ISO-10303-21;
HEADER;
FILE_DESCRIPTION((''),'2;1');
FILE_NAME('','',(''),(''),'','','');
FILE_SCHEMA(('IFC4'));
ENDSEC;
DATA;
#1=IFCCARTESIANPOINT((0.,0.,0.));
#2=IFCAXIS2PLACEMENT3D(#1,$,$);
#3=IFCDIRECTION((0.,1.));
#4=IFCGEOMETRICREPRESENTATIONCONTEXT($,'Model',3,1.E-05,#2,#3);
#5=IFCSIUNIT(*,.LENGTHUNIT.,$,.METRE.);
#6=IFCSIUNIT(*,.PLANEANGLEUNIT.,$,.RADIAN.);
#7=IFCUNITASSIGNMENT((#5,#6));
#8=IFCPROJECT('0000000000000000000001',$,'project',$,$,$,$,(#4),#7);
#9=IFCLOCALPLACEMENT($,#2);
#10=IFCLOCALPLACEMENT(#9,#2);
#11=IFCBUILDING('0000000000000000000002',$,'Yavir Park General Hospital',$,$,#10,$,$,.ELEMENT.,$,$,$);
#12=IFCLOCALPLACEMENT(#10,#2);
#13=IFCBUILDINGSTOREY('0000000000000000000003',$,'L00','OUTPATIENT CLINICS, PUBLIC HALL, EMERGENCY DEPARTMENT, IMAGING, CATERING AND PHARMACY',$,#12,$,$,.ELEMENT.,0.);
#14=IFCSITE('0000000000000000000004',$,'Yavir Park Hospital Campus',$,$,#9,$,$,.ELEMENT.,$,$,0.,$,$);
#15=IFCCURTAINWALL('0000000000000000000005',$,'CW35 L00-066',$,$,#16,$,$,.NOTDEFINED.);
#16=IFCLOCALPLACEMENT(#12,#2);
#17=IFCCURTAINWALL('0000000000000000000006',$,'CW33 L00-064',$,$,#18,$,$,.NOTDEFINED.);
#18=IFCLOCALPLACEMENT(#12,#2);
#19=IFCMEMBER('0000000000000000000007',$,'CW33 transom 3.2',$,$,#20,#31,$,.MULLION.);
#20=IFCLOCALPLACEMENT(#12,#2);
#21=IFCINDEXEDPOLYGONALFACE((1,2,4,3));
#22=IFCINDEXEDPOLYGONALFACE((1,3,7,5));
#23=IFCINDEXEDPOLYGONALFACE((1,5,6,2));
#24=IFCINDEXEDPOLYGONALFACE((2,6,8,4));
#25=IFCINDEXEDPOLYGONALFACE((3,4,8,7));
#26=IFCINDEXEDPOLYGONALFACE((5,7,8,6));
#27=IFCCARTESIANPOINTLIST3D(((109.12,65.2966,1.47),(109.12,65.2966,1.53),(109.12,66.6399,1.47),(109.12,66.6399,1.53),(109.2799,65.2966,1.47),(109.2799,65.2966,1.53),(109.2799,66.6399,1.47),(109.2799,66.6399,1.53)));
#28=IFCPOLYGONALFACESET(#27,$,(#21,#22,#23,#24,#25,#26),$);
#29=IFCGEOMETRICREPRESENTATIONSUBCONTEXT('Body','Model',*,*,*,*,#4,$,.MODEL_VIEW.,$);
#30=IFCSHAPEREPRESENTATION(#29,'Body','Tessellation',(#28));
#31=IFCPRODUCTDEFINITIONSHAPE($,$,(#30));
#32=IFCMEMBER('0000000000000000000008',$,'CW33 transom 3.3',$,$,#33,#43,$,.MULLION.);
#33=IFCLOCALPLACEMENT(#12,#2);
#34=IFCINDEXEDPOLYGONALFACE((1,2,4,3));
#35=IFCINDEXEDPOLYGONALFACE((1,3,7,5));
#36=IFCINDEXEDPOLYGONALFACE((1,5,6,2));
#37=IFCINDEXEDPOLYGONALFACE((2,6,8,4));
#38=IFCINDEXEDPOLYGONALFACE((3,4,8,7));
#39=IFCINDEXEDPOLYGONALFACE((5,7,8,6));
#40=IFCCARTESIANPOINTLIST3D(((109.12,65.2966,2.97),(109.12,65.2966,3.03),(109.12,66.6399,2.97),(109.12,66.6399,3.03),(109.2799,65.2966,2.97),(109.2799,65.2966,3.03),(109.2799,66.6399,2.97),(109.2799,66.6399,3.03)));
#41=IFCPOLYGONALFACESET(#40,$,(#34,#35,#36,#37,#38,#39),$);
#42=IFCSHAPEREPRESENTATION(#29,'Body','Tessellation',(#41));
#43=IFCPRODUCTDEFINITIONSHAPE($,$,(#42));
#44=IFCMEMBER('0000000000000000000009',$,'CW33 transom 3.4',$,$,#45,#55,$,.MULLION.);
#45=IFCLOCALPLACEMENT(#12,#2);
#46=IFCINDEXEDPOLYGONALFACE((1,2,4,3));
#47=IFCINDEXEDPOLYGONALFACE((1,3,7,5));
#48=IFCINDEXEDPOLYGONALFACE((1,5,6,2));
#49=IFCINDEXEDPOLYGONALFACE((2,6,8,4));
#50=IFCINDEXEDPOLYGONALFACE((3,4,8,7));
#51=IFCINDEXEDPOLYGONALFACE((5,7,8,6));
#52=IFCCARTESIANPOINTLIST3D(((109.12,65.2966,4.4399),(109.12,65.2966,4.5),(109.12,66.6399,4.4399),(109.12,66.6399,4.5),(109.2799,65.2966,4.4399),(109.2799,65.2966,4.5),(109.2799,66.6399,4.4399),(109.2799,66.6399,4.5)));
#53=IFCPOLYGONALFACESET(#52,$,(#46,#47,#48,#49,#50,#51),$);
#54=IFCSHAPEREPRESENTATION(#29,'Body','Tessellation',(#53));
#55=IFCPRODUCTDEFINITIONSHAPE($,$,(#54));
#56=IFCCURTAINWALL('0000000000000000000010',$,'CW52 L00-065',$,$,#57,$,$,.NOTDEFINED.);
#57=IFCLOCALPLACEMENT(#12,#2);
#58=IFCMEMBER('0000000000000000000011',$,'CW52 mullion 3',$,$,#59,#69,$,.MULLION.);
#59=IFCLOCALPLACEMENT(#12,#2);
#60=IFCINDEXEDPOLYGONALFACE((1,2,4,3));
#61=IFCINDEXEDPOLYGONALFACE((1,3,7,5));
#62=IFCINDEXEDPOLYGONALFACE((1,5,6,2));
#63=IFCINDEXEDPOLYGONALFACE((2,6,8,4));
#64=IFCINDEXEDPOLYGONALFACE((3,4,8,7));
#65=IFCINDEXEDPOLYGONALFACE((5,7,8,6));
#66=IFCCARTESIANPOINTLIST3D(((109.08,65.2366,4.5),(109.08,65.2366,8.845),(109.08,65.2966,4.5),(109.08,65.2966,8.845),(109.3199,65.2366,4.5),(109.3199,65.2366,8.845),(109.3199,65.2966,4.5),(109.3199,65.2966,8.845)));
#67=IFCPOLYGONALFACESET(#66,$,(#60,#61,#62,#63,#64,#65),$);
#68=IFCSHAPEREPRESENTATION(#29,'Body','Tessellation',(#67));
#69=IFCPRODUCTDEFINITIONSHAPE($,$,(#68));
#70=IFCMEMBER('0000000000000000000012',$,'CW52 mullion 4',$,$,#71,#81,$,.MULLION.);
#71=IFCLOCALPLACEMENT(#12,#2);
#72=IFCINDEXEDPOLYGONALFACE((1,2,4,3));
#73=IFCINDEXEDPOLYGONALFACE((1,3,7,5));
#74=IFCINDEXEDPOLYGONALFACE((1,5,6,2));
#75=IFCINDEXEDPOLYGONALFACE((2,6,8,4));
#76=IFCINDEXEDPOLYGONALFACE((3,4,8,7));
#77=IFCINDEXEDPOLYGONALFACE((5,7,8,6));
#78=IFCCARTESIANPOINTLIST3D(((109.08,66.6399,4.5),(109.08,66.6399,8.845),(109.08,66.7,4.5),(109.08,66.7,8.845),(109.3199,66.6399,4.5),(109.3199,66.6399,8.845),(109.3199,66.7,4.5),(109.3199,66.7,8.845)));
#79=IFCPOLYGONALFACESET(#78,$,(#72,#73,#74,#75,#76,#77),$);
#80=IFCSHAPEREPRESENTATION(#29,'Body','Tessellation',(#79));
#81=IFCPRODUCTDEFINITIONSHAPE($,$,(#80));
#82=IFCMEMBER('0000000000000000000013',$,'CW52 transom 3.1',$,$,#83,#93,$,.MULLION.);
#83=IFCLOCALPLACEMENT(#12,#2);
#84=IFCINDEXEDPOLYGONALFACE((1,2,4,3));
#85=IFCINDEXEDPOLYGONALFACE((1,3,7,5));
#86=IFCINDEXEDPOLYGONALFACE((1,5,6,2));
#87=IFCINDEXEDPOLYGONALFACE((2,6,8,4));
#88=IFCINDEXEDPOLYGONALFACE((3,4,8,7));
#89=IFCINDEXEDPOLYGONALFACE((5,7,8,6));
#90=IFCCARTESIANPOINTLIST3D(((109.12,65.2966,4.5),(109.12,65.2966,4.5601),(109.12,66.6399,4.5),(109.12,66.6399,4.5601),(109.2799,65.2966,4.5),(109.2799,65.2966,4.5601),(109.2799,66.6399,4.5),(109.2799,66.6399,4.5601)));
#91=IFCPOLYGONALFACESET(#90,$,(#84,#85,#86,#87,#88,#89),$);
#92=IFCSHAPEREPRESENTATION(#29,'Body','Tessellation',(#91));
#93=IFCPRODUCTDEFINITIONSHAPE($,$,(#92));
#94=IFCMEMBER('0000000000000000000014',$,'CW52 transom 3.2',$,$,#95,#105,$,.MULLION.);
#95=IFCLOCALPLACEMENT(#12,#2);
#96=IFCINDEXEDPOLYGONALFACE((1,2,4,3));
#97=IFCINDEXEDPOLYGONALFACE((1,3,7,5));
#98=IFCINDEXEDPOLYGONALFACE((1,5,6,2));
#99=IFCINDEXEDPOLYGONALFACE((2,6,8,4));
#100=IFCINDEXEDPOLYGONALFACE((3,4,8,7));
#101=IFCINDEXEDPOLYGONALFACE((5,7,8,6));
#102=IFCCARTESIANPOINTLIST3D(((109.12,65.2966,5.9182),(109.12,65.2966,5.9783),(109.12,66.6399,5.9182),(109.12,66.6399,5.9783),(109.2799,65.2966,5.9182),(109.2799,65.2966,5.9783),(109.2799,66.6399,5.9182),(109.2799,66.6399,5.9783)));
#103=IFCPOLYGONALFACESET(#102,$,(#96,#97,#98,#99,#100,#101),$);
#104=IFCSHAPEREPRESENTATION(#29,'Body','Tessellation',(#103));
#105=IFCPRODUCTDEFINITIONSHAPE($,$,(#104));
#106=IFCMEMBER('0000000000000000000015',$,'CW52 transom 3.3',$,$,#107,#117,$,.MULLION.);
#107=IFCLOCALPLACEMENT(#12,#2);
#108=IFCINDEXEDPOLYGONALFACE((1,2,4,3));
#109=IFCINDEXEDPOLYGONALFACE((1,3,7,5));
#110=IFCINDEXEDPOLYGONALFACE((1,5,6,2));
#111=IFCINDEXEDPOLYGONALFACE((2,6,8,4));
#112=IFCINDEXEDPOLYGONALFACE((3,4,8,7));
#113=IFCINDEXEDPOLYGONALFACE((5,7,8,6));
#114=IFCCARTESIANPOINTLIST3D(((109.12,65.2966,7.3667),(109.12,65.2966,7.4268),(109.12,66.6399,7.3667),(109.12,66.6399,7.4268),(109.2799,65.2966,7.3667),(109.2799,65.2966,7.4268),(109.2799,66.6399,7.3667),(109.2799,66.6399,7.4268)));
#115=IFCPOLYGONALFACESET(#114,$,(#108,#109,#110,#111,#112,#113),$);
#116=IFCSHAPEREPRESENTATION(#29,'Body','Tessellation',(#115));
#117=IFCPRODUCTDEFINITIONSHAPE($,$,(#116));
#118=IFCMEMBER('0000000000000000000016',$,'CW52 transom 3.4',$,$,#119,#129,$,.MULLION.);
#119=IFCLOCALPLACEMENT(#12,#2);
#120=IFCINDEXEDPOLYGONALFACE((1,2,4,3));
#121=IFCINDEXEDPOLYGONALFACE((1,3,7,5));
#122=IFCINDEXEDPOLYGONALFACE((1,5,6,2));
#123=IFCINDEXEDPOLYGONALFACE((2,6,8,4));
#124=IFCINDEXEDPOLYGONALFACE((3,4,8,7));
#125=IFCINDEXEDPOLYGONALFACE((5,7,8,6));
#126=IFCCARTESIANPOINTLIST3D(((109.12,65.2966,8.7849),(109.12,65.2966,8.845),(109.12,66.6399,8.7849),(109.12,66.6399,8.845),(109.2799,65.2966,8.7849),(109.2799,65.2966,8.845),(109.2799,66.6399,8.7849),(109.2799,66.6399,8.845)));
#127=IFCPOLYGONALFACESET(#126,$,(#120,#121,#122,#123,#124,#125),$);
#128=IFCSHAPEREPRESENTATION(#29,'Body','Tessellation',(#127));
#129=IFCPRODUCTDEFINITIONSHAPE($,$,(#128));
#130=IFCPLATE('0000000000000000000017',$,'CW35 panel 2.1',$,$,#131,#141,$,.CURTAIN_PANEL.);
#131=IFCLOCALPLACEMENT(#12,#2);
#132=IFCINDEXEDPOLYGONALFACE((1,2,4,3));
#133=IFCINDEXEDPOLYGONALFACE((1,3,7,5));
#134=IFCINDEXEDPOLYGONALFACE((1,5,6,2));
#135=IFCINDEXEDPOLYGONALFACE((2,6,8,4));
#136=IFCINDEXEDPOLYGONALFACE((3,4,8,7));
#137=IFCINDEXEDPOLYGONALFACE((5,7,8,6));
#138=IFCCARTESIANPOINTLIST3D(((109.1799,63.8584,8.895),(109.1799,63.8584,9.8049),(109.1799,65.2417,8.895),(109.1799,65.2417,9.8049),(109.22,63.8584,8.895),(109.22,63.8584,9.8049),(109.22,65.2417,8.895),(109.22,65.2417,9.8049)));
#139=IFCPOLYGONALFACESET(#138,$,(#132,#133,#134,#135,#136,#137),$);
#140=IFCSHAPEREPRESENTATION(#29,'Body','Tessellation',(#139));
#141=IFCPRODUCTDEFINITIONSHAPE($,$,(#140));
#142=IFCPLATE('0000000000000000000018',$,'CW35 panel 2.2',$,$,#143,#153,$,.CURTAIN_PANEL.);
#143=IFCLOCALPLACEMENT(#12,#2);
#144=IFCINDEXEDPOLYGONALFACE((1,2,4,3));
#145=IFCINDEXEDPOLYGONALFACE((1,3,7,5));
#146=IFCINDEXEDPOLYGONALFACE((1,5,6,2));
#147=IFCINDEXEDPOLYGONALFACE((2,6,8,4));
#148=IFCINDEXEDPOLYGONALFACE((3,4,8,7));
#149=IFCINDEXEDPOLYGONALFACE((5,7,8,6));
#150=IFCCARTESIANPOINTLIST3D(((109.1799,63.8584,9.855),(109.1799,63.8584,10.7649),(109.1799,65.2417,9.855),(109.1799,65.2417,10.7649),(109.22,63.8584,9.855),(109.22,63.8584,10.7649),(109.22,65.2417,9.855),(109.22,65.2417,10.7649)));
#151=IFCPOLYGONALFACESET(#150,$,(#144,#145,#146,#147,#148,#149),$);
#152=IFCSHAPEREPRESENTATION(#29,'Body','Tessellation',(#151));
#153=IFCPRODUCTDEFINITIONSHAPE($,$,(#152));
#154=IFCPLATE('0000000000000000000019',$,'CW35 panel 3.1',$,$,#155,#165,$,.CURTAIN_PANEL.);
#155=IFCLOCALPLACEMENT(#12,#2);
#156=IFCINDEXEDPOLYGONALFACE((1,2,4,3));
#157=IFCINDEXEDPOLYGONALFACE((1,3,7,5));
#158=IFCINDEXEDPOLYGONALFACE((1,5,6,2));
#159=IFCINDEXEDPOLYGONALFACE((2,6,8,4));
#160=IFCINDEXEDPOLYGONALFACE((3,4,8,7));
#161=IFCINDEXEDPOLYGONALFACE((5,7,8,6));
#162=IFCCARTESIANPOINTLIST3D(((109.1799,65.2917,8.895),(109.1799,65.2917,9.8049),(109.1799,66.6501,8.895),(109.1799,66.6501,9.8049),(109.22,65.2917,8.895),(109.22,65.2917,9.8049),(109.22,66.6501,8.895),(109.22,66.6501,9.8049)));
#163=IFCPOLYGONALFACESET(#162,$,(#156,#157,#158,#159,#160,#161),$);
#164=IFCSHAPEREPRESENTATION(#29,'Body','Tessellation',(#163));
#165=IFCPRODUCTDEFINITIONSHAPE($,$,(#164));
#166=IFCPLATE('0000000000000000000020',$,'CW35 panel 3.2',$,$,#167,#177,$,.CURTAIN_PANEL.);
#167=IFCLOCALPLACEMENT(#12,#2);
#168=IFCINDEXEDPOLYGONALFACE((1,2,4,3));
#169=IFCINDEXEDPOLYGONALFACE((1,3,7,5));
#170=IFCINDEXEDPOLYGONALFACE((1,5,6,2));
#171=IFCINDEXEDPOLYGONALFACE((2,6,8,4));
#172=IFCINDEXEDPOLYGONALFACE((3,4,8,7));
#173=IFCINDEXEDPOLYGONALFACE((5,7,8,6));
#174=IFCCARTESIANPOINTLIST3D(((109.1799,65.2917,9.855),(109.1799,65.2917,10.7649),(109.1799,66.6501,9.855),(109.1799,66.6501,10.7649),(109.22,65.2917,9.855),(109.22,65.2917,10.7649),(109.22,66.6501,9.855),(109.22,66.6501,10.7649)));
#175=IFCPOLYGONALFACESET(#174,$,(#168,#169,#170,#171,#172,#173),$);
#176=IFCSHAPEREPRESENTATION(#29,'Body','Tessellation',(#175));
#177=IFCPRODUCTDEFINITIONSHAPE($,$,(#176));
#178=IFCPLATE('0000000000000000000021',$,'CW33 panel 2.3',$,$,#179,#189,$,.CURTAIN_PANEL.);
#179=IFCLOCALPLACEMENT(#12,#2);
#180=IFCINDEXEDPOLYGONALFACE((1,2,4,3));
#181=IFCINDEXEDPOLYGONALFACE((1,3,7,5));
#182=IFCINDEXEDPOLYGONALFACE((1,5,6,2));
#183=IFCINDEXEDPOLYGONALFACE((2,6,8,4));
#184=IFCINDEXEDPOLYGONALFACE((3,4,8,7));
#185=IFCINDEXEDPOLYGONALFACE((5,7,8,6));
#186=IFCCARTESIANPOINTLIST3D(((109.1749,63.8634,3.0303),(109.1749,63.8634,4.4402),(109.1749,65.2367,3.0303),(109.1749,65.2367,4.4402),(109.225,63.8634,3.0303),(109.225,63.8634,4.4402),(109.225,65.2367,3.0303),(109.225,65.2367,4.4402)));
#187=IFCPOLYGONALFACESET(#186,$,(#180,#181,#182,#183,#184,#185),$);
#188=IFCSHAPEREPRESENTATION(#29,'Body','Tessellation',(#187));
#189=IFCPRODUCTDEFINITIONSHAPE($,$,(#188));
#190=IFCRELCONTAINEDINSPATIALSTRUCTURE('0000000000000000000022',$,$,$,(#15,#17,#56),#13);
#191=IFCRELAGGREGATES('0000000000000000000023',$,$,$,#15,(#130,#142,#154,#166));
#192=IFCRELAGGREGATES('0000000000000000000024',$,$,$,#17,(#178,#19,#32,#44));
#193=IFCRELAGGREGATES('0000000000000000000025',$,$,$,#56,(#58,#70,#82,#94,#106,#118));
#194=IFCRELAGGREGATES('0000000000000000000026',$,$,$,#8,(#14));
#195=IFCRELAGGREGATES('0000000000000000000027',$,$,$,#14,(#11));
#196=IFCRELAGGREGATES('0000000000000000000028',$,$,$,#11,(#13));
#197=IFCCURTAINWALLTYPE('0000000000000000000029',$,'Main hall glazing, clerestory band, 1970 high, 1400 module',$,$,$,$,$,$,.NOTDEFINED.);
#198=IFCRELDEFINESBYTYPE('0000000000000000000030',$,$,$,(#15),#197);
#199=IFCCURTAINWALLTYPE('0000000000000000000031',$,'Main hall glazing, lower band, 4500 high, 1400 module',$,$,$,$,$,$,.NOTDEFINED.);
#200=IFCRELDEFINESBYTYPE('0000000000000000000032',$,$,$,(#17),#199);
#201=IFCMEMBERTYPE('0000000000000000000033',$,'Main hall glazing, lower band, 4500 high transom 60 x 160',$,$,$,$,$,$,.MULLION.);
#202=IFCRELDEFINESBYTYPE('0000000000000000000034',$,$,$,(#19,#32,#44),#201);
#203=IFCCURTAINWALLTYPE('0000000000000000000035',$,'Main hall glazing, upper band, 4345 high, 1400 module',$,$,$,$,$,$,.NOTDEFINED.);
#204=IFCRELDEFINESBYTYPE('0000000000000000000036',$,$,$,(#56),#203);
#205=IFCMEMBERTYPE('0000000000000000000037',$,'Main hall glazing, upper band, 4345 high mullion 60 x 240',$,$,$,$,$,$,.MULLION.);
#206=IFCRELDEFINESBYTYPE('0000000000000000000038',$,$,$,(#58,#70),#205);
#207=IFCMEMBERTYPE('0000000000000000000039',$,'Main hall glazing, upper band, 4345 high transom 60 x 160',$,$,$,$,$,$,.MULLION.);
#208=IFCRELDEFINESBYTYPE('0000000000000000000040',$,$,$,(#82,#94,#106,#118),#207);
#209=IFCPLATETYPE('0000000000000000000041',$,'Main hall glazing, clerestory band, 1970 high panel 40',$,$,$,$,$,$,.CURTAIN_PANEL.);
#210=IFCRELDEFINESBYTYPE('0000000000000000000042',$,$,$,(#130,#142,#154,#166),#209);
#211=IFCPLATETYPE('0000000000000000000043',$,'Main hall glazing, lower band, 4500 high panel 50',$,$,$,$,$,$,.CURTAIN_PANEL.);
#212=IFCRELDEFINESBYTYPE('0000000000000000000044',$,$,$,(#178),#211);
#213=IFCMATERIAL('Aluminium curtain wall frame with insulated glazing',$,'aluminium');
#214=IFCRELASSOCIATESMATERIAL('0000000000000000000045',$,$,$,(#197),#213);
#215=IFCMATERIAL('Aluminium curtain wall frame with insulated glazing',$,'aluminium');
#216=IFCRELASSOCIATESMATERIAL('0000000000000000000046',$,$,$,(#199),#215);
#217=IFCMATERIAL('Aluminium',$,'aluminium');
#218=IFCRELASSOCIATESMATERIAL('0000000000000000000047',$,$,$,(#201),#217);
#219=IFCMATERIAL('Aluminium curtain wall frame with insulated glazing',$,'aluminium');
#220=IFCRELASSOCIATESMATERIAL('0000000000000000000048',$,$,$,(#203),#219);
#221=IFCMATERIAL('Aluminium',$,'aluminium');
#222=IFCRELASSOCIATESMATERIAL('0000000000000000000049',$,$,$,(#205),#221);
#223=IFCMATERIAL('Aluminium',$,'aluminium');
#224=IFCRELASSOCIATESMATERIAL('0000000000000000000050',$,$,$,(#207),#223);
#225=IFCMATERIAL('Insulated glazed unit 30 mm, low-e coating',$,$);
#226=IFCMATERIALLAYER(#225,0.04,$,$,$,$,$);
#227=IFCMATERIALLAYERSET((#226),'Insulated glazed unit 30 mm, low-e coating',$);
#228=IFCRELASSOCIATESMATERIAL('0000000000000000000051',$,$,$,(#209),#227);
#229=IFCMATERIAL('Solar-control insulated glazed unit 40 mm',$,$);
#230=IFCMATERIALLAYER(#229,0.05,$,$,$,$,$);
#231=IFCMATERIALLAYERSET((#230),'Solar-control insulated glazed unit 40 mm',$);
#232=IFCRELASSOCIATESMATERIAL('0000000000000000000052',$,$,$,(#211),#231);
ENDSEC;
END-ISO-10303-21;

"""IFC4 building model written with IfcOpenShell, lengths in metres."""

from ifc_helpers import new_model, si_unit, direction, frame, origin, origin_2d, place, context, subcontext, project, spatial, rectangle, extrude, material, layer, layer_set, material_profile, profile_set, type_object, element, aggregate, save


model = new_model("IFC4")

# Units and contexts
model_context = context("Model", 3, precision=1e-05, world=origin(), true_north=direction((0.0, 1.0)))
body_context = subcontext(model_context, "Body", "Model", "MODEL_VIEW")
ifc_project = project(units=[si_unit("LENGTHUNIT", "METRE"), si_unit("PLANEANGLEUNIT", "RADIAN")], contexts=[model_context])

# Site, building, storey
site_placement = place(None, origin())
site = spatial("IfcSite", under=ifc_project, at=site_placement, Name="Yavir Park Hospital Campus", CompositionType="ELEMENT", RefElevation=0.0)
building_placement = place(site_placement, origin())
building = spatial("IfcBuilding", under=site, at=building_placement, Name="Yavir Park General Hospital", CompositionType="ELEMENT")
storey_placement = place(building_placement, origin())
storey = spatial("IfcBuildingStorey", under=building, at=storey_placement, Name="L00", Description="OUTPATIENT CLINICS, PUBLIC HALL, EMERGENCY DEPARTMENT, IMAGING, CATERING AND PHARMACY", CompositionType="ELEMENT", Elevation=0.0)

# Curtain walls, members
ifc_material_1 = material(Name="Aluminium curtain wall frame with insulated glazing", Category="aluminium")
curtain_wall_type_1 = type_object("IfcCurtainWallType", Name="Main hall glazing, clerestory band, 1970 high, 1400 module", PredefinedType="NOTDEFINED", material=ifc_material_1)
curtain_wall_1_placement = place(storey_placement, origin())
curtain_wall_1 = element("IfcCurtainWall", 1, at=curtain_wall_1_placement, inside=storey, type_object=curtain_wall_type_1, Name="CW35 L00-066", PredefinedType="NOTDEFINED")
ifc_material_2 = material(Name="Aluminium curtain wall frame with insulated glazing", Category="aluminium")
curtain_wall_type_2 = type_object("IfcCurtainWallType", Name="Main hall glazing, lower band, 4500 high, 1400 module", PredefinedType="NOTDEFINED", material=ifc_material_2)
curtain_wall_2_placement = place(storey_placement, origin())
curtain_wall_2 = element("IfcCurtainWall", 2, at=curtain_wall_2_placement, inside=storey, type_object=curtain_wall_type_2, Name="CW33 L00-064", PredefinedType="NOTDEFINED")
ifc_material_3 = material(Name="Aluminium", Category="aluminium")
ifc_material_profile_1 = material_profile(ifc_material_3, rectangle(XDim=0.1599, YDim=0.0601, at=origin_2d()), Name="AL 160x60")
ifc_profile_set_1 = profile_set([ifc_material_profile_1], Name="Aluminium")
member_type_1 = type_object("IfcMemberType", Name="Main hall glazing, lower band, 4500 high transom 60 x 160", PredefinedType="MULLION", material=ifc_profile_set_1)
member_1_placement = place(storey_placement, frame((109.2, 65.2966, 1.5), z_axis=(0.0, 1.0, 0.0), x_axis=(-1.0, 0.0, 0.0)))
member_1 = element("IfcMember", 3, at=member_1_placement, type_object=member_type_1, Name="CW33 transom 3.2", PredefinedType="MULLION", context=body_context, shape_type="SweptSolid", body=[
    extrude(rectangle(XDim=0.1599, YDim=0.0601, at=origin_2d()), origin(), (0.0, 0.0, 1.0), 1.3433),
])
member_2_placement = place(storey_placement, frame((109.2, 65.2966, 3.0), z_axis=(0.0, 1.0, 0.0), x_axis=(-1.0, 0.0, 0.0)))
member_2 = element("IfcMember", 4, at=member_2_placement, type_object=member_type_1, Name="CW33 transom 3.3", PredefinedType="MULLION", context=body_context, shape_type="SweptSolid", body=[
    extrude(rectangle(XDim=0.1599, YDim=0.0601, at=origin_2d()), origin(), (0.0, 0.0, 1.0), 1.3433),
])
member_3_placement = place(storey_placement, frame((109.2, 65.2966, 4.47), z_axis=(0.0, 1.0, 0.0), x_axis=(-1.0, 0.0, 0.0)))
member_3 = element("IfcMember", 5, at=member_3_placement, type_object=member_type_1, Name="CW33 transom 3.4", PredefinedType="MULLION", context=body_context, shape_type="SweptSolid", body=[
    extrude(rectangle(XDim=0.1599, YDim=0.0601, at=origin_2d()), origin(), (0.0, 0.0, 1.0), 1.3433),
])
ifc_material_4 = material(Name="Aluminium curtain wall frame with insulated glazing", Category="aluminium")
curtain_wall_type_3 = type_object("IfcCurtainWallType", Name="Main hall glazing, upper band, 4345 high, 1400 module", PredefinedType="NOTDEFINED", material=ifc_material_4)
curtain_wall_3_placement = place(storey_placement, origin())
curtain_wall_3 = element("IfcCurtainWall", 6, at=curtain_wall_3_placement, inside=storey, type_object=curtain_wall_type_3, Name="CW52 L00-065", PredefinedType="NOTDEFINED")
ifc_material_5 = material(Name="Aluminium", Category="aluminium")
ifc_material_profile_2 = material_profile(ifc_material_5, rectangle(XDim=0.24, YDim=0.0601, at=origin_2d()), Name="AL 60x240")
ifc_profile_set_2 = profile_set([ifc_material_profile_2], Name="Aluminium")
member_type_2 = type_object("IfcMemberType", Name="Main hall glazing, upper band, 4345 high mullion 60 x 240", PredefinedType="MULLION", material=ifc_profile_set_2)
member_4_placement = place(storey_placement, frame((109.2, 65.2666, 4.5), z_axis=(0.0, 0.0, 1.0), x_axis=(-1.0, 0.0, 0.0)))
member_4 = element("IfcMember", 7, at=member_4_placement, type_object=member_type_2, Name="CW52 mullion 3", PredefinedType="MULLION", context=body_context, shape_type="SweptSolid", body=[
    extrude(rectangle(XDim=0.24, YDim=0.0601, at=origin_2d()), origin(), (0.0, 0.0, 1.0), 4.345),
])
member_5_placement = place(storey_placement, frame((109.2, 66.6699, 4.5), z_axis=(0.0, 0.0, 1.0), x_axis=(-1.0, 0.0, 0.0)))
member_5 = element("IfcMember", 8, at=member_5_placement, type_object=member_type_2, Name="CW52 mullion 4", PredefinedType="MULLION", context=body_context, shape_type="SweptSolid", body=[
    extrude(rectangle(XDim=0.24, YDim=0.0601, at=origin_2d()), origin(), (0.0, 0.0, 1.0), 4.345),
])
ifc_material_6 = material(Name="Aluminium", Category="aluminium")
ifc_material_profile_3 = material_profile(ifc_material_6, rectangle(XDim=0.1599, YDim=0.0601, at=origin_2d()), Name="AL 160x60")
ifc_profile_set_3 = profile_set([ifc_material_profile_3], Name="Aluminium")
member_type_3 = type_object("IfcMemberType", Name="Main hall glazing, upper band, 4345 high transom 60 x 160", PredefinedType="MULLION", material=ifc_profile_set_3)
member_6_placement = place(storey_placement, frame((109.2, 65.2966, 4.53), z_axis=(0.0, 1.0, 0.0), x_axis=(-1.0, 0.0, 0.0)))
member_6 = element("IfcMember", 9, at=member_6_placement, type_object=member_type_3, Name="CW52 transom 3.1", PredefinedType="MULLION", context=body_context, shape_type="SweptSolid", body=[
    extrude(rectangle(XDim=0.1599, YDim=0.0601, at=origin_2d()), origin(), (0.0, 0.0, 1.0), 1.3433),
])
member_7_placement = place(storey_placement, frame((109.2, 65.2966, 5.9482), z_axis=(0.0, 1.0, 0.0), x_axis=(-1.0, 0.0, 0.0)))
member_7 = element("IfcMember", 10, at=member_7_placement, type_object=member_type_3, Name="CW52 transom 3.2", PredefinedType="MULLION", context=body_context, shape_type="SweptSolid", body=[
    extrude(rectangle(XDim=0.1599, YDim=0.0601, at=origin_2d()), origin(), (0.0, 0.0, 1.0), 1.3433),
])
member_8_placement = place(storey_placement, frame((109.2, 65.2966, 7.3967), z_axis=(0.0, 1.0, 0.0), x_axis=(-1.0, 0.0, 0.0)))
member_8 = element("IfcMember", 11, at=member_8_placement, type_object=member_type_3, Name="CW52 transom 3.3", PredefinedType="MULLION", context=body_context, shape_type="SweptSolid", body=[
    extrude(rectangle(XDim=0.1599, YDim=0.0601, at=origin_2d()), origin(), (0.0, 0.0, 1.0), 1.3433),
])
member_9_placement = place(storey_placement, frame((109.2, 65.2966, 8.8149), z_axis=(0.0, 1.0, 0.0), x_axis=(-1.0, 0.0, 0.0)))
member_9 = element("IfcMember", 12, at=member_9_placement, type_object=member_type_3, Name="CW52 transom 3.4", PredefinedType="MULLION", context=body_context, shape_type="SweptSolid", body=[
    extrude(rectangle(XDim=0.1599, YDim=0.0601, at=origin_2d()), origin(), (0.0, 0.0, 1.0), 1.3433),
])

# Plates
ifc_material_7 = material(Name="Insulated glazed unit 30 mm, low-e coating")
ifc_layer_1 = layer(ifc_material_7, 0.04)
ifc_layer_set_1 = layer_set([ifc_layer_1], Name="Insulated glazed unit 30 mm, low-e coating")
plate_type_1 = type_object("IfcPlateType", Name="Main hall glazing, clerestory band, 1970 high panel 40", PredefinedType="CURTAIN_PANEL", material=ifc_layer_set_1)
plate_1_placement = place(storey_placement, frame((109.2, 64.55, 8.895), z_axis=(0.0, 0.0, 1.0), x_axis=(0.0, 1.0, 0.0)))
plate_1 = element("IfcPlate", 13, at=plate_1_placement, type_object=plate_type_1, Name="CW35 panel 2.1", PredefinedType="CURTAIN_PANEL", context=body_context, shape_type="SweptSolid", body=[
    extrude(rectangle(XDim=1.3833, YDim=0.04, at=origin_2d()), origin(), (0.0, 0.0, 1.0), 0.9099),
])
plate_2_placement = place(storey_placement, frame((109.2, 64.55, 9.855), z_axis=(0.0, 0.0, 1.0), x_axis=(0.0, 1.0, 0.0)))
plate_2 = element("IfcPlate", 14, at=plate_2_placement, type_object=plate_type_1, Name="CW35 panel 2.2", PredefinedType="CURTAIN_PANEL", context=body_context, shape_type="SweptSolid", body=[
    extrude(rectangle(XDim=1.3833, YDim=0.04, at=origin_2d()), origin(), (0.0, 0.0, 1.0), 0.9099),
])
plate_3_placement = place(storey_placement, frame((109.2, 65.9709, 8.895), z_axis=(0.0, 0.0, 1.0), x_axis=(0.0, 1.0, 0.0)))
plate_3 = element("IfcPlate", 15, at=plate_3_placement, type_object=plate_type_1, Name="CW35 panel 3.1", PredefinedType="CURTAIN_PANEL", context=body_context, shape_type="SweptSolid", body=[
    extrude(rectangle(XDim=1.3584, YDim=0.04, at=origin_2d()), origin(), (0.0, 0.0, 1.0), 0.9099),
])
plate_4_placement = place(storey_placement, frame((109.2, 65.9709, 9.855), z_axis=(0.0, 0.0, 1.0), x_axis=(0.0, 1.0, 0.0)))
plate_4 = element("IfcPlate", 16, at=plate_4_placement, type_object=plate_type_1, Name="CW35 panel 3.2", PredefinedType="CURTAIN_PANEL", context=body_context, shape_type="SweptSolid", body=[
    extrude(rectangle(XDim=1.3584, YDim=0.04, at=origin_2d()), origin(), (0.0, 0.0, 1.0), 0.9099),
])
aggregate(curtain_wall_1, [plate_1, plate_2, plate_3, plate_4])
ifc_material_8 = material(Name="Solar-control insulated glazed unit 40 mm")
ifc_layer_2 = layer(ifc_material_8, 0.05)
ifc_layer_set_2 = layer_set([ifc_layer_2], Name="Solar-control insulated glazed unit 40 mm")
plate_type_2 = type_object("IfcPlateType", Name="Main hall glazing, lower band, 4500 high panel 50", PredefinedType="CURTAIN_PANEL", material=ifc_layer_set_2)
plate_5_placement = place(storey_placement, frame((109.2, 64.55, 3.0303), z_axis=(0.0, 0.0, 1.0), x_axis=(0.0, 1.0, 0.0)))
plate_5 = element("IfcPlate", 17, at=plate_5_placement, type_object=plate_type_2, Name="CW33 panel 2.3", PredefinedType="CURTAIN_PANEL", context=body_context, shape_type="SweptSolid", body=[
    extrude(rectangle(XDim=1.3733, YDim=0.05, at=origin_2d()), origin(), (0.0, 0.0, 1.0), 1.4099),
])
aggregate(curtain_wall_2, [plate_5, member_1, member_2, member_3])
aggregate(curtain_wall_3, [member_4, member_5, member_6, member_7, member_8, member_9])

save(model, "model.ifc")
